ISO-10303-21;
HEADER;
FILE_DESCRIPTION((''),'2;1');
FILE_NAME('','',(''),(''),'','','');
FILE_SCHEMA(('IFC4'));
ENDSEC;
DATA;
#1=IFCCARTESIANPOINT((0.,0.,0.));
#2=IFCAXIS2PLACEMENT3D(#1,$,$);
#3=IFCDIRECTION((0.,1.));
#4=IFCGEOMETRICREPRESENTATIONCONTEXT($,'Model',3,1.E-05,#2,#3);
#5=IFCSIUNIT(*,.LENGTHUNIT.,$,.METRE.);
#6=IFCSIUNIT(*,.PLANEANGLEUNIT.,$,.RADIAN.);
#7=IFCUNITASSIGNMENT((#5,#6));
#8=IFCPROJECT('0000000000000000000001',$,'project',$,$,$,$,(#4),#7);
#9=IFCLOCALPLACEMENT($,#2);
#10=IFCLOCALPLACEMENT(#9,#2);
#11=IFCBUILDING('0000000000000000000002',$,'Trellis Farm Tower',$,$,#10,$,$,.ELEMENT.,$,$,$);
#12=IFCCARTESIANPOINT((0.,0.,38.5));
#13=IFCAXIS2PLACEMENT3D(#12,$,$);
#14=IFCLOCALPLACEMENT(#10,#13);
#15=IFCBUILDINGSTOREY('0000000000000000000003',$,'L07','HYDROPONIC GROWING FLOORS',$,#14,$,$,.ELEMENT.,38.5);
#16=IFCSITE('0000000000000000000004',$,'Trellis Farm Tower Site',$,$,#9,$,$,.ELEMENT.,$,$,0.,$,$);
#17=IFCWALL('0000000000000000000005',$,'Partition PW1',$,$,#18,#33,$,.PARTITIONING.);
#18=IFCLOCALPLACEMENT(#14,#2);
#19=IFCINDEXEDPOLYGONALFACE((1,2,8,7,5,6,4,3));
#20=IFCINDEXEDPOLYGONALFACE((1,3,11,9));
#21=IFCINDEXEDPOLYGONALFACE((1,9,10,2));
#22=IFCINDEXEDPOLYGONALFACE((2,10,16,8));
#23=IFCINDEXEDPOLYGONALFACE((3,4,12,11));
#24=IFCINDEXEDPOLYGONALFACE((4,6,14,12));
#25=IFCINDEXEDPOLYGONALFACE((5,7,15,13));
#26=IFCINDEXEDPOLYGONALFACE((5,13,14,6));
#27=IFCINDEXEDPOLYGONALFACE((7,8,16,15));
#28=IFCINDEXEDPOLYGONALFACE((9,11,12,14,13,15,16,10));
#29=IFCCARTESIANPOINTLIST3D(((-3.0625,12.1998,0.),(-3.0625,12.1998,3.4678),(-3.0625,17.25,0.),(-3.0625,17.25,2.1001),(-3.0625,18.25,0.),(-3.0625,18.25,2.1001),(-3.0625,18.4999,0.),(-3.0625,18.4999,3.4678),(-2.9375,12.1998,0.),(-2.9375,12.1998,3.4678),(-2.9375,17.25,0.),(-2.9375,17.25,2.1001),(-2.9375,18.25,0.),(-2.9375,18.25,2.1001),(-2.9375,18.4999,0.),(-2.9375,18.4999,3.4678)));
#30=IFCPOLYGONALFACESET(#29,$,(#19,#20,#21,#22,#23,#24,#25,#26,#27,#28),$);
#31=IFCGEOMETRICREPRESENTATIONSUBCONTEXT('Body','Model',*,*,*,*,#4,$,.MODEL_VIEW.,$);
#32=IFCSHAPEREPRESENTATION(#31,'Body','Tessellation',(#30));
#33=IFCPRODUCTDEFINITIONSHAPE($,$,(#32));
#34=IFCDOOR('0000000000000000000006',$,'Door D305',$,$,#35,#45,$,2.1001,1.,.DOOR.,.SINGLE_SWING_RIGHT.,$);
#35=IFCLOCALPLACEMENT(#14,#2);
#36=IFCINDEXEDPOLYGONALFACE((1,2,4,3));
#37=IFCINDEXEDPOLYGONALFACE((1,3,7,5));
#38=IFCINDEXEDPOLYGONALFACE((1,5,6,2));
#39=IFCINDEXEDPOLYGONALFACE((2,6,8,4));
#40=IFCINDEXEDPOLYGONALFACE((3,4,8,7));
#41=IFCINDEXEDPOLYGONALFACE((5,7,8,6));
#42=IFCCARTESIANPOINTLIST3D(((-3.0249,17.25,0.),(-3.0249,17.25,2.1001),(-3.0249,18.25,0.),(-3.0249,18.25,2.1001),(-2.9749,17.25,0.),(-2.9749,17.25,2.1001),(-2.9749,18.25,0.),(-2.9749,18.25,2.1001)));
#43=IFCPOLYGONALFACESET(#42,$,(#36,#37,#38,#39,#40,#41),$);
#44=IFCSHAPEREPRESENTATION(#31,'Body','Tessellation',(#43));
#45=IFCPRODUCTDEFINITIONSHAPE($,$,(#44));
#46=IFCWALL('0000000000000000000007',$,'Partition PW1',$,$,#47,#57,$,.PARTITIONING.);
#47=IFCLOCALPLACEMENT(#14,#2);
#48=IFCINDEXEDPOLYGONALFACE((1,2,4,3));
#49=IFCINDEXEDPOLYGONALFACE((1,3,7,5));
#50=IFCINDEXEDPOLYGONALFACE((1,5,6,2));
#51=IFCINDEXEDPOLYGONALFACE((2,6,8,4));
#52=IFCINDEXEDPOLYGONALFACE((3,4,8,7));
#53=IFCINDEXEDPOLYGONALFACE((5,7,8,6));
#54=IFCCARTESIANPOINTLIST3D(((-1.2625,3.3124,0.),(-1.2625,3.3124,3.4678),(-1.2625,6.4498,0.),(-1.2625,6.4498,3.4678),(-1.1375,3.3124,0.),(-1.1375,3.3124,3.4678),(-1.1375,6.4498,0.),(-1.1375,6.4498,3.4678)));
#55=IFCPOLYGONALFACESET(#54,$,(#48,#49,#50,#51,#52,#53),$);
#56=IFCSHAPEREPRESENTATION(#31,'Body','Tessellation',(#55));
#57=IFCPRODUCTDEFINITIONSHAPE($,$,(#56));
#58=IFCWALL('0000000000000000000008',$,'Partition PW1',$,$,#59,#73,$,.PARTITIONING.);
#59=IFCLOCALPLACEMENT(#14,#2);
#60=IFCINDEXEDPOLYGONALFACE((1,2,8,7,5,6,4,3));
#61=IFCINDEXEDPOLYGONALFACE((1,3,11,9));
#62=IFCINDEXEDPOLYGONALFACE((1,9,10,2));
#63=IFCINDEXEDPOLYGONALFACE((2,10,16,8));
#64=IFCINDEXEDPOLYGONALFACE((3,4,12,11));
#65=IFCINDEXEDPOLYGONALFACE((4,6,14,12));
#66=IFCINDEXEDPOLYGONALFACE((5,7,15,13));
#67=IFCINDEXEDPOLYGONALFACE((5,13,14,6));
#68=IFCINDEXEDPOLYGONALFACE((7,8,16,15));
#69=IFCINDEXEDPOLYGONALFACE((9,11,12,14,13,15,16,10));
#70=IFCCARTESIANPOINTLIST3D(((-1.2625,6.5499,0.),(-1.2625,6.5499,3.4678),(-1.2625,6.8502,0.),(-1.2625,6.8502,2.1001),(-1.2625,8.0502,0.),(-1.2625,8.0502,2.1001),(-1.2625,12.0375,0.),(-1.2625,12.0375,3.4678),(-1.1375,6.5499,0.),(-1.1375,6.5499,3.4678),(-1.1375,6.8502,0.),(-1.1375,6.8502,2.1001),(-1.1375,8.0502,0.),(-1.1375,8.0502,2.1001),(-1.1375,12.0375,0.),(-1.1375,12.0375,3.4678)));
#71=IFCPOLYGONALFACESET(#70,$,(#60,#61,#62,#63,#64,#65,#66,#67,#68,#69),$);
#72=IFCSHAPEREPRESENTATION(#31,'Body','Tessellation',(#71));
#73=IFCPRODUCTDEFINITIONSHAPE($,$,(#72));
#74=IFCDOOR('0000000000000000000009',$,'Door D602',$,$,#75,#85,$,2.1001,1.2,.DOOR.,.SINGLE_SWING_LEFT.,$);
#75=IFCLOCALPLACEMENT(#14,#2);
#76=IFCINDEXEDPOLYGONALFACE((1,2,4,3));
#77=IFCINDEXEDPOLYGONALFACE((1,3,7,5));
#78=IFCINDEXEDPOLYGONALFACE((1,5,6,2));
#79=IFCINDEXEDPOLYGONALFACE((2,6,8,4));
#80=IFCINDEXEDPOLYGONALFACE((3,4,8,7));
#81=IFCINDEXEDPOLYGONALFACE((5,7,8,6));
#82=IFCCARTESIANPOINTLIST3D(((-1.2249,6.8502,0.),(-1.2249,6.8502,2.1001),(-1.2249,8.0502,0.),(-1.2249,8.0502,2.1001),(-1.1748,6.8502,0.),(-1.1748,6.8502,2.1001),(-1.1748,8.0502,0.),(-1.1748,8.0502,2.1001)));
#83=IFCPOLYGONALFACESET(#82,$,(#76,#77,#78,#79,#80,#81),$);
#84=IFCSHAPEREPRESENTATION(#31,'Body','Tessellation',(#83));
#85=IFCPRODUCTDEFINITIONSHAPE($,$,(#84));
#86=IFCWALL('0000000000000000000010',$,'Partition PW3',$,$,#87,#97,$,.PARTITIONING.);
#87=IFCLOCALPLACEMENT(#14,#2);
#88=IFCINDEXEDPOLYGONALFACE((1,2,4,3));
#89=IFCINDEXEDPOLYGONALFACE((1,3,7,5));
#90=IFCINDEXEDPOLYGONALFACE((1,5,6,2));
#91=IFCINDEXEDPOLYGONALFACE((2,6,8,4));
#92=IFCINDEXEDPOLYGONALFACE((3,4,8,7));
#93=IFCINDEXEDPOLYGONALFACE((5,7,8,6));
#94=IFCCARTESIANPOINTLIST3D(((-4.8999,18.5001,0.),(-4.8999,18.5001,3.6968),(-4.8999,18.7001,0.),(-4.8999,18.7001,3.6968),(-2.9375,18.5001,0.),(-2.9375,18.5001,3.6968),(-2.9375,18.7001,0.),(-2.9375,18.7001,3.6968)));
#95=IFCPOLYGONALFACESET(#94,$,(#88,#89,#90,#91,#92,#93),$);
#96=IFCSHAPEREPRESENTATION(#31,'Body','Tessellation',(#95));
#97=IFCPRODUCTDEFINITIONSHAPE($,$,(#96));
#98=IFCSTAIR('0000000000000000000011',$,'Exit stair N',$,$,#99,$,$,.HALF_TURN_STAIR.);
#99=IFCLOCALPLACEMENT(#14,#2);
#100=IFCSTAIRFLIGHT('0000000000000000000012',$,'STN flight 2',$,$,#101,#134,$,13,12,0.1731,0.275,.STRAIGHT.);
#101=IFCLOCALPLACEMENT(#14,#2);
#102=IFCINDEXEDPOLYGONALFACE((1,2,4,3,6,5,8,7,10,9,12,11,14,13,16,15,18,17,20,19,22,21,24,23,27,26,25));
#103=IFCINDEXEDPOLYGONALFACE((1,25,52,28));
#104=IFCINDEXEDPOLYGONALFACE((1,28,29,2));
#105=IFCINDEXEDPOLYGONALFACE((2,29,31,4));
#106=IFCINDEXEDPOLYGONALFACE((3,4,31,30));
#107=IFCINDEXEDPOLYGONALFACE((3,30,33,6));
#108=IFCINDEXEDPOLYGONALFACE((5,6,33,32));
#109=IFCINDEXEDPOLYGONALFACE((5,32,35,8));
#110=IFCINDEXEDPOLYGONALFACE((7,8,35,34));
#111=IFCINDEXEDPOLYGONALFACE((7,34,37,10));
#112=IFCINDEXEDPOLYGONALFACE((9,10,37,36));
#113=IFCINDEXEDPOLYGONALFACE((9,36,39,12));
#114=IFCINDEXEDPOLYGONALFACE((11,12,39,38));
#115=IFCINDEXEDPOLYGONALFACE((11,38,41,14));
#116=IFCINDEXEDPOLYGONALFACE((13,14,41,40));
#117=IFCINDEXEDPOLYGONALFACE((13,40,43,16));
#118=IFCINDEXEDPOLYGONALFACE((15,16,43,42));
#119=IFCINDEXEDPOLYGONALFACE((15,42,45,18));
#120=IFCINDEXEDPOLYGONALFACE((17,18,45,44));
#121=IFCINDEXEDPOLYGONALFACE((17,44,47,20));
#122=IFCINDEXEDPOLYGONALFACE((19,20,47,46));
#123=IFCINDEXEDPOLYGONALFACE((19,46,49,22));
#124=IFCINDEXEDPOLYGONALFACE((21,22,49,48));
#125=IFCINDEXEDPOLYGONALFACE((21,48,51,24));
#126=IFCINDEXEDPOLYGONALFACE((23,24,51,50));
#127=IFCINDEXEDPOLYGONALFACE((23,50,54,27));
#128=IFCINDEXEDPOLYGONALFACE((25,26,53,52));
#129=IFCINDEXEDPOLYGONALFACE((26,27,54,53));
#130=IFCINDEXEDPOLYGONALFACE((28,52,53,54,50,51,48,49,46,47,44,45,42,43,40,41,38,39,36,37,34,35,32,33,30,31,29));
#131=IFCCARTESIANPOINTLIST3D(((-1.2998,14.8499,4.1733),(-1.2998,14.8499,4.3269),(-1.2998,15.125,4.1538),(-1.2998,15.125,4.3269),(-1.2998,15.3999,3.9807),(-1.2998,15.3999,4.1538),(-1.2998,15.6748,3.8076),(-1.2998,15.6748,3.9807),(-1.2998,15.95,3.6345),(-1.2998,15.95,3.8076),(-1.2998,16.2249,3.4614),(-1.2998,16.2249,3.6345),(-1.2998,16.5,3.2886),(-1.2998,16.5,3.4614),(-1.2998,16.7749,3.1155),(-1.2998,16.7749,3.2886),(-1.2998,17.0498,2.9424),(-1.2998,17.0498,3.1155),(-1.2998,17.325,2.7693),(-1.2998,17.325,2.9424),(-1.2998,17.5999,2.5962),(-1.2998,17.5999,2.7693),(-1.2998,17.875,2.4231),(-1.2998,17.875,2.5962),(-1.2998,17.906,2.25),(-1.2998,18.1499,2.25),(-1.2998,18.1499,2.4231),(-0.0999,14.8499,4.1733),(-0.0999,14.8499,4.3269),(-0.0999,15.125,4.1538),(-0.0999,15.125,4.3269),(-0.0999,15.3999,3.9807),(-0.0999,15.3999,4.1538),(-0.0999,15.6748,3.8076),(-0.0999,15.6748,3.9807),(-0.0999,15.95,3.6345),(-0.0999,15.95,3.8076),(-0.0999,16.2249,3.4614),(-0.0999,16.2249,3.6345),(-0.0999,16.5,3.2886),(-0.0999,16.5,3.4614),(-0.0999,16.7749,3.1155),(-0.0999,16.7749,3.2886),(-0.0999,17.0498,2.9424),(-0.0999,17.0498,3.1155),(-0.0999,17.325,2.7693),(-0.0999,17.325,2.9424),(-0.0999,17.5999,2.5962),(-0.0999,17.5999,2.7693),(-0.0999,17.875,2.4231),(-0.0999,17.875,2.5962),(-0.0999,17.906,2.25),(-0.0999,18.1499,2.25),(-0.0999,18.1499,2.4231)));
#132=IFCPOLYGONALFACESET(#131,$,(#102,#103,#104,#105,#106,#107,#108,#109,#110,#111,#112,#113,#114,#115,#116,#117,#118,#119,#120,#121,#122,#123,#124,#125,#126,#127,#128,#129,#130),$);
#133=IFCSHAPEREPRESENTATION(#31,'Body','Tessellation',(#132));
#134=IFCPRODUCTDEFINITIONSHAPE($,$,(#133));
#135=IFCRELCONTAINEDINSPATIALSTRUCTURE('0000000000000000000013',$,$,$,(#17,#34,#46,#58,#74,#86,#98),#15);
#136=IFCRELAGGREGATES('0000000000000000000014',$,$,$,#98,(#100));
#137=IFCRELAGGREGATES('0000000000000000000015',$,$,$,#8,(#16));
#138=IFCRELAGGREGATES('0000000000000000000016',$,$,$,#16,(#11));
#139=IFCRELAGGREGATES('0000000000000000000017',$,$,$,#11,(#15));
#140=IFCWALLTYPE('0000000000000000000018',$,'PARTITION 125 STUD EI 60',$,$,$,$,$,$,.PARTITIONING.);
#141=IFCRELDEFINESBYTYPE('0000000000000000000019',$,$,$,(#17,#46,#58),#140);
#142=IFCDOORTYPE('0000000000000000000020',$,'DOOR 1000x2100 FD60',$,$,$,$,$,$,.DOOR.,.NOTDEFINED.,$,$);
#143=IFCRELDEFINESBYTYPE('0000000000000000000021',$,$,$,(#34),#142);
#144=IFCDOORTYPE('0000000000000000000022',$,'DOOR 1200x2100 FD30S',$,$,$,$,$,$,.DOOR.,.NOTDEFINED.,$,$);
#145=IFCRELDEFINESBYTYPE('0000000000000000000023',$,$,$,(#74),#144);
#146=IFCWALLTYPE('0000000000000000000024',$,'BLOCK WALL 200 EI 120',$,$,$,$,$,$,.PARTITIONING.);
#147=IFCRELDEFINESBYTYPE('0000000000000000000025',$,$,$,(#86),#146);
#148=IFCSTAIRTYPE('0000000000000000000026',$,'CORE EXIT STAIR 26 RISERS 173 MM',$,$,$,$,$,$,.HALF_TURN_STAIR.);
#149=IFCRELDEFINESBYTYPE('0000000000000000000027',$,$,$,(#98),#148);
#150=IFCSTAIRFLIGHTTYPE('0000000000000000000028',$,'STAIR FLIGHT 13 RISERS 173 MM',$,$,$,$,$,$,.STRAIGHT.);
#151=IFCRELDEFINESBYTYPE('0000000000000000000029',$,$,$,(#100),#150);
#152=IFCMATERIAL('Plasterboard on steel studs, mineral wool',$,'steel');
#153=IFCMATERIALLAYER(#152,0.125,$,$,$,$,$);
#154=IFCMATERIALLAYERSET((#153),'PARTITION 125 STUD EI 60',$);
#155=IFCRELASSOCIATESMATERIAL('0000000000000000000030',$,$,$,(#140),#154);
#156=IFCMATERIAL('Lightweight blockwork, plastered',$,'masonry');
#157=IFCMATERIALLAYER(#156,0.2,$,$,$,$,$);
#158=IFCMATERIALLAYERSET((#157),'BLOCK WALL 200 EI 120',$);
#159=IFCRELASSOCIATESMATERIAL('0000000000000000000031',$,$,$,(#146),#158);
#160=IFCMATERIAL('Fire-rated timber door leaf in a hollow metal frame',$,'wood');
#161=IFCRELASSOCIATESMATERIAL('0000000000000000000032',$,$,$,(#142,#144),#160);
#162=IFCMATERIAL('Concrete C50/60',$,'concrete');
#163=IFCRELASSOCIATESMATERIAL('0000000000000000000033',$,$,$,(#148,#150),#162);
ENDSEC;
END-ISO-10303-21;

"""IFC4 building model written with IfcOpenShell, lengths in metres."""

from ifc_helpers import new_model, si_unit, direction, frame, frame_2d, origin, place, context, subcontext, project, spatial, polyline, rectangle, outline, extrude, source, transform, mapped, material, layer, layer_set, type_object, element, fill, aggregate, save


model = new_model("IFC4")

# Units and contexts
model_context = context("Model", 3, precision=1e-05, world=origin(), true_north=direction((0.0, 1.0)))
body_context = subcontext(model_context, "Body", "Model", "MODEL_VIEW")
ifc_project = project(units=[si_unit("LENGTHUNIT", "METRE"), si_unit("PLANEANGLEUNIT", "RADIAN")], contexts=[model_context])

# Site, building, storey
site_placement = place(None, origin())
site = spatial("IfcSite", under=ifc_project, at=site_placement, Name="Trellis Farm Tower Site", CompositionType="ELEMENT", RefElevation=0.0)
building_placement = place(site_placement, origin())
building = spatial("IfcBuilding", under=site, at=building_placement, Name="Trellis Farm Tower", CompositionType="ELEMENT")
storey_placement = place(building_placement, frame((0.0, 0.0, 38.5)))
storey = spatial("IfcBuildingStorey", under=building, at=storey_placement, Name="L07", Description="HYDROPONIC GROWING FLOORS", CompositionType="ELEMENT", Elevation=38.5)

# Shared definitions
placement = place(storey_placement, origin())

# Shared definitions
shared_shape_1 = source(origin(), body_context, "Body", "SweptSolid", [
    extrude(rectangle(XDim=1.2, YDim=2.1001, at=frame_2d((0.6001, 1.05))), frame((0.0, 0.0249, 0.0), z_axis=(0.0, -1.0, 0.0), x_axis=(1.0, 0.0, 0.0)), (0.0, 0.0, 1.0), 0.05),
])

# Shared definitions
ifc_material_1 = material(Name="Plasterboard on steel studs, mineral wool", Category="steel")
ifc_layer_1 = layer(ifc_material_1, 0.125)
ifc_layer_set_1 = layer_set([ifc_layer_1], Name="PARTITION 125 STUD EI 60")
wall_type_1 = type_object("IfcWallType", Name="PARTITION 125 STUD EI 60", PredefinedType="PARTITIONING", material=ifc_layer_set_1)
shared_shape_2 = source(origin(), body_context, "Body", "SweptSolid", [
    extrude(rectangle(XDim=1.0, YDim=2.1001, at=frame_2d((0.5, 1.05))), frame((0.0, 0.0725, 0.0), z_axis=(0.0, -1.0, 0.0), x_axis=(1.0, 0.0, 0.0)), (0.0, 0.0, 1.0), 0.145),
])
ifc_material_2 = material(Name="Fire-rated timber door leaf in a hollow metal frame", Category="wood")
shared_shape_3 = source(origin(), body_context, "Body", "SweptSolid", [
    extrude(rectangle(XDim=1.0, YDim=2.1001, at=frame_2d((0.5, 1.05))), frame((0.0, 0.0249, 0.0), z_axis=(0.0, -1.0, 0.0), x_axis=(1.0, 0.0, 0.0)), (0.0, 0.0, 1.0), 0.05),
])

# Shared definitions
ifc_material_3 = material(Name="Lightweight blockwork, plastered", Category="masonry")
ifc_layer_2 = layer(ifc_material_3, 0.2)
ifc_layer_set_2 = layer_set([ifc_layer_2], Name="BLOCK WALL 200 EI 120")
wall_type_2 = type_object("IfcWallType", Name="BLOCK WALL 200 EI 120", PredefinedType="PARTITIONING", material=ifc_layer_set_2)

# Wall, opening, door
shared_shape_4 = source(origin(), body_context, "Body", "SweptSolid", [
    extrude(rectangle(XDim=6.3, YDim=0.125, at=frame_2d((3.1499, 0.0))), origin(), (0.0, 0.0, 1.0), 3.4678),
])
wall_1_placement = place(storey_placement, frame((-3.0, 12.2, 0.0), z_axis=(0.0, 0.0, 1.0), x_axis=(0.0, 1.0, 0.0)))
wall_1 = element("IfcWall", 1, at=wall_1_placement, inside=storey, type_object=wall_type_1, Name="Partition PW1", PredefinedType="PARTITIONING", context=body_context, shape_type="MappedRepresentation", body=[
    mapped(shared_shape_4, transform((0.0, 0.0, 0.0))),
])
opening_1_placement = place(wall_1_placement, frame((5.05, 0.0, 0.0)))
opening_1 = element("IfcOpeningElement", 2, at=opening_1_placement, cuts=wall_1, PredefinedType="OPENING", context=body_context, shape_type="MappedRepresentation", body=[
    mapped(shared_shape_2, transform((0.0, 0.0, 0.0))),
])
door_type_1 = type_object("IfcDoorType", Name="DOOR 1000x2100 FD60", OperationType="NOTDEFINED", PredefinedType="DOOR", material=ifc_material_2)
door_1_placement = place(opening_1_placement, origin())
door_1 = element("IfcDoor", 3, at=door_1_placement, inside=storey, type_object=door_type_1, Name="Door D305", OperationType="SINGLE_SWING_RIGHT", OverallHeight=2.1001, OverallWidth=1.0, PredefinedType="DOOR", context=body_context, shape_type="MappedRepresentation", body=[
    mapped(shared_shape_3, transform((0.0, 0.0, 0.0))),
])
fill(opening_1, door_1)

# Wall
shared_shape_5 = source(origin(), body_context, "Body", "SweptSolid", [
    extrude(rectangle(XDim=3.1375, YDim=0.125, at=frame_2d((1.5688, 0.0))), origin(), (0.0, 0.0, 1.0), 3.4678),
])
wall_2_placement = place(storey_placement, frame((-1.2, 6.45, 0.0), z_axis=(0.0, 0.0, 1.0), x_axis=(0.0, -1.0, 0.0)))
element("IfcWall", 4, at=wall_2_placement, inside=storey, type_object=wall_type_1, Name="Partition PW1", PredefinedType="PARTITIONING", context=body_context, shape_type="MappedRepresentation", body=[
    mapped(shared_shape_5, transform((0.0, 0.0, 0.0))),
])

# Wall, opening, door
shared_shape_6 = source(origin(), body_context, "Body", "SweptSolid", [
    extrude(rectangle(XDim=5.4875, YDim=0.125, at=frame_2d((2.7437, 0.0))), origin(), (0.0, 0.0, 1.0), 3.4678),
])
wall_3_placement = place(storey_placement, frame((-1.2, 6.55, 0.0), z_axis=(0.0, 0.0, 1.0), x_axis=(0.0, 1.0, 0.0)))
wall_3 = element("IfcWall", 5, at=wall_3_placement, inside=storey, type_object=wall_type_1, Name="Partition PW1", PredefinedType="PARTITIONING", context=body_context, shape_type="MappedRepresentation", body=[
    mapped(shared_shape_6, transform((0.0, 0.0, 0.0))),
])
shared_shape_7 = source(origin(), body_context, "Body", "SweptSolid", [
    extrude(rectangle(XDim=1.2, YDim=2.1001, at=frame_2d((0.6001, 1.05))), frame((0.0, 0.0725, 0.0), z_axis=(0.0, -1.0, 0.0), x_axis=(1.0, 0.0, 0.0)), (0.0, 0.0, 1.0), 0.145),
])
opening_2_placement = place(wall_3_placement, frame((0.3, 0.0, 0.0)))
opening_2 = element("IfcOpeningElement", 6, at=opening_2_placement, cuts=wall_3, PredefinedType="OPENING", context=body_context, shape_type="MappedRepresentation", body=[
    mapped(shared_shape_7, transform((0.0, 0.0, 0.0))),
])
door_type_2 = type_object("IfcDoorType", Name="DOOR 1200x2100 FD30S", OperationType="NOTDEFINED", PredefinedType="DOOR", material=ifc_material_2)
door_2_placement = place(opening_2_placement, origin())
door_2 = element("IfcDoor", 7, at=door_2_placement, inside=storey, type_object=door_type_2, Name="Door D602", OperationType="SINGLE_SWING_LEFT", OverallHeight=2.1001, OverallWidth=1.2, PredefinedType="DOOR", context=body_context, shape_type="MappedRepresentation", body=[
    mapped(shared_shape_1, transform((0.0, 0.0, 0.0))),
])
fill(opening_2, door_2)

# Wall
shared_shape_8 = source(origin(), body_context, "Body", "SweptSolid", [
    extrude(rectangle(XDim=1.9624, YDim=0.2, at=frame_2d((0.9812, 0.0))), origin(), (0.0, 0.0, 1.0), 3.6968),
])
wall_4_placement = place(storey_placement, frame((-4.8999, 18.6001, 0.0), z_axis=(0.0, 0.0, 1.0), x_axis=(1.0, 0.0, 0.0)))
element("IfcWall", 8, at=wall_4_placement, inside=storey, type_object=wall_type_2, Name="Partition PW3", PredefinedType="PARTITIONING", context=body_context, shape_type="MappedRepresentation", body=[
    mapped(shared_shape_8, transform((0.0, 0.0, 0.0))),
])

# Stair, stair flight
ifc_material_4 = material(Name="Concrete C50/60", Category="concrete")
stair_type = type_object("IfcStairType", Name="CORE EXIT STAIR 26 RISERS 173 MM", PredefinedType="HALF_TURN_STAIR", material=ifc_material_4)
stair = element("IfcStair", 9, at=placement, inside=storey, type_object=stair_type, Name="Exit stair N", PredefinedType="HALF_TURN_STAIR")
stair_flight_type = type_object("IfcStairFlightType", Name="STAIR FLIGHT 13 RISERS 173 MM", PredefinedType="STRAIGHT", material=ifc_material_4)
shared_shape_9 = source(origin(), body_context, "Body", "SweptSolid", [
    extrude(outline(polyline([(0.0, 0.0), (0.0, 0.1731), (0.2749, 0.1731), (0.2749, 0.3462), (0.55, 0.3462), (0.55, 0.5193), (0.825, 0.5193), (0.825, 0.6924), (1.1001, 0.6924), (1.1001, 0.8655), (1.375, 0.8655), (1.375, 1.0386), (1.6499, 1.0386), (1.6499, 1.2114), (1.925, 1.2114), (1.925, 1.3845), (2.2, 1.3845), (2.2, 1.5576), (2.4751, 1.5576), (2.4751, 1.7307), (2.75, 1.7307), (2.75, 1.9038), (3.0249, 1.9038), (3.0249, 2.0769), (3.3, 2.0769), (3.3, 2.25), (3.3, 1.9233), (0.2439, 0.0), (0.0, 0.0)])), frame((0.0, 0.6001, 0.0), z_axis=(0.0, -1.0, 0.0), x_axis=(1.0, 0.0, 0.0)), (0.0, 0.0, 1.0), 1.2),
])
stair_flight_placement = place(storey_placement, frame((-0.7, 18.1499, 2.25), z_axis=(0.0, 0.0, 1.0), x_axis=(0.0, -1.0, 0.0)))
stair_flight = element("IfcStairFlight", 10, at=stair_flight_placement, type_object=stair_flight_type, Name="STN flight 2", NumberOfRisers=13, NumberOfTreads=12, PredefinedType="STRAIGHT", RiserHeight=0.1731, TreadLength=0.275, context=body_context, shape_type="MappedRepresentation", body=[
    mapped(shared_shape_9, transform((0.0, 0.0, 0.0))),
])
aggregate(stair, [stair_flight])

save(model, "model.ifc")
